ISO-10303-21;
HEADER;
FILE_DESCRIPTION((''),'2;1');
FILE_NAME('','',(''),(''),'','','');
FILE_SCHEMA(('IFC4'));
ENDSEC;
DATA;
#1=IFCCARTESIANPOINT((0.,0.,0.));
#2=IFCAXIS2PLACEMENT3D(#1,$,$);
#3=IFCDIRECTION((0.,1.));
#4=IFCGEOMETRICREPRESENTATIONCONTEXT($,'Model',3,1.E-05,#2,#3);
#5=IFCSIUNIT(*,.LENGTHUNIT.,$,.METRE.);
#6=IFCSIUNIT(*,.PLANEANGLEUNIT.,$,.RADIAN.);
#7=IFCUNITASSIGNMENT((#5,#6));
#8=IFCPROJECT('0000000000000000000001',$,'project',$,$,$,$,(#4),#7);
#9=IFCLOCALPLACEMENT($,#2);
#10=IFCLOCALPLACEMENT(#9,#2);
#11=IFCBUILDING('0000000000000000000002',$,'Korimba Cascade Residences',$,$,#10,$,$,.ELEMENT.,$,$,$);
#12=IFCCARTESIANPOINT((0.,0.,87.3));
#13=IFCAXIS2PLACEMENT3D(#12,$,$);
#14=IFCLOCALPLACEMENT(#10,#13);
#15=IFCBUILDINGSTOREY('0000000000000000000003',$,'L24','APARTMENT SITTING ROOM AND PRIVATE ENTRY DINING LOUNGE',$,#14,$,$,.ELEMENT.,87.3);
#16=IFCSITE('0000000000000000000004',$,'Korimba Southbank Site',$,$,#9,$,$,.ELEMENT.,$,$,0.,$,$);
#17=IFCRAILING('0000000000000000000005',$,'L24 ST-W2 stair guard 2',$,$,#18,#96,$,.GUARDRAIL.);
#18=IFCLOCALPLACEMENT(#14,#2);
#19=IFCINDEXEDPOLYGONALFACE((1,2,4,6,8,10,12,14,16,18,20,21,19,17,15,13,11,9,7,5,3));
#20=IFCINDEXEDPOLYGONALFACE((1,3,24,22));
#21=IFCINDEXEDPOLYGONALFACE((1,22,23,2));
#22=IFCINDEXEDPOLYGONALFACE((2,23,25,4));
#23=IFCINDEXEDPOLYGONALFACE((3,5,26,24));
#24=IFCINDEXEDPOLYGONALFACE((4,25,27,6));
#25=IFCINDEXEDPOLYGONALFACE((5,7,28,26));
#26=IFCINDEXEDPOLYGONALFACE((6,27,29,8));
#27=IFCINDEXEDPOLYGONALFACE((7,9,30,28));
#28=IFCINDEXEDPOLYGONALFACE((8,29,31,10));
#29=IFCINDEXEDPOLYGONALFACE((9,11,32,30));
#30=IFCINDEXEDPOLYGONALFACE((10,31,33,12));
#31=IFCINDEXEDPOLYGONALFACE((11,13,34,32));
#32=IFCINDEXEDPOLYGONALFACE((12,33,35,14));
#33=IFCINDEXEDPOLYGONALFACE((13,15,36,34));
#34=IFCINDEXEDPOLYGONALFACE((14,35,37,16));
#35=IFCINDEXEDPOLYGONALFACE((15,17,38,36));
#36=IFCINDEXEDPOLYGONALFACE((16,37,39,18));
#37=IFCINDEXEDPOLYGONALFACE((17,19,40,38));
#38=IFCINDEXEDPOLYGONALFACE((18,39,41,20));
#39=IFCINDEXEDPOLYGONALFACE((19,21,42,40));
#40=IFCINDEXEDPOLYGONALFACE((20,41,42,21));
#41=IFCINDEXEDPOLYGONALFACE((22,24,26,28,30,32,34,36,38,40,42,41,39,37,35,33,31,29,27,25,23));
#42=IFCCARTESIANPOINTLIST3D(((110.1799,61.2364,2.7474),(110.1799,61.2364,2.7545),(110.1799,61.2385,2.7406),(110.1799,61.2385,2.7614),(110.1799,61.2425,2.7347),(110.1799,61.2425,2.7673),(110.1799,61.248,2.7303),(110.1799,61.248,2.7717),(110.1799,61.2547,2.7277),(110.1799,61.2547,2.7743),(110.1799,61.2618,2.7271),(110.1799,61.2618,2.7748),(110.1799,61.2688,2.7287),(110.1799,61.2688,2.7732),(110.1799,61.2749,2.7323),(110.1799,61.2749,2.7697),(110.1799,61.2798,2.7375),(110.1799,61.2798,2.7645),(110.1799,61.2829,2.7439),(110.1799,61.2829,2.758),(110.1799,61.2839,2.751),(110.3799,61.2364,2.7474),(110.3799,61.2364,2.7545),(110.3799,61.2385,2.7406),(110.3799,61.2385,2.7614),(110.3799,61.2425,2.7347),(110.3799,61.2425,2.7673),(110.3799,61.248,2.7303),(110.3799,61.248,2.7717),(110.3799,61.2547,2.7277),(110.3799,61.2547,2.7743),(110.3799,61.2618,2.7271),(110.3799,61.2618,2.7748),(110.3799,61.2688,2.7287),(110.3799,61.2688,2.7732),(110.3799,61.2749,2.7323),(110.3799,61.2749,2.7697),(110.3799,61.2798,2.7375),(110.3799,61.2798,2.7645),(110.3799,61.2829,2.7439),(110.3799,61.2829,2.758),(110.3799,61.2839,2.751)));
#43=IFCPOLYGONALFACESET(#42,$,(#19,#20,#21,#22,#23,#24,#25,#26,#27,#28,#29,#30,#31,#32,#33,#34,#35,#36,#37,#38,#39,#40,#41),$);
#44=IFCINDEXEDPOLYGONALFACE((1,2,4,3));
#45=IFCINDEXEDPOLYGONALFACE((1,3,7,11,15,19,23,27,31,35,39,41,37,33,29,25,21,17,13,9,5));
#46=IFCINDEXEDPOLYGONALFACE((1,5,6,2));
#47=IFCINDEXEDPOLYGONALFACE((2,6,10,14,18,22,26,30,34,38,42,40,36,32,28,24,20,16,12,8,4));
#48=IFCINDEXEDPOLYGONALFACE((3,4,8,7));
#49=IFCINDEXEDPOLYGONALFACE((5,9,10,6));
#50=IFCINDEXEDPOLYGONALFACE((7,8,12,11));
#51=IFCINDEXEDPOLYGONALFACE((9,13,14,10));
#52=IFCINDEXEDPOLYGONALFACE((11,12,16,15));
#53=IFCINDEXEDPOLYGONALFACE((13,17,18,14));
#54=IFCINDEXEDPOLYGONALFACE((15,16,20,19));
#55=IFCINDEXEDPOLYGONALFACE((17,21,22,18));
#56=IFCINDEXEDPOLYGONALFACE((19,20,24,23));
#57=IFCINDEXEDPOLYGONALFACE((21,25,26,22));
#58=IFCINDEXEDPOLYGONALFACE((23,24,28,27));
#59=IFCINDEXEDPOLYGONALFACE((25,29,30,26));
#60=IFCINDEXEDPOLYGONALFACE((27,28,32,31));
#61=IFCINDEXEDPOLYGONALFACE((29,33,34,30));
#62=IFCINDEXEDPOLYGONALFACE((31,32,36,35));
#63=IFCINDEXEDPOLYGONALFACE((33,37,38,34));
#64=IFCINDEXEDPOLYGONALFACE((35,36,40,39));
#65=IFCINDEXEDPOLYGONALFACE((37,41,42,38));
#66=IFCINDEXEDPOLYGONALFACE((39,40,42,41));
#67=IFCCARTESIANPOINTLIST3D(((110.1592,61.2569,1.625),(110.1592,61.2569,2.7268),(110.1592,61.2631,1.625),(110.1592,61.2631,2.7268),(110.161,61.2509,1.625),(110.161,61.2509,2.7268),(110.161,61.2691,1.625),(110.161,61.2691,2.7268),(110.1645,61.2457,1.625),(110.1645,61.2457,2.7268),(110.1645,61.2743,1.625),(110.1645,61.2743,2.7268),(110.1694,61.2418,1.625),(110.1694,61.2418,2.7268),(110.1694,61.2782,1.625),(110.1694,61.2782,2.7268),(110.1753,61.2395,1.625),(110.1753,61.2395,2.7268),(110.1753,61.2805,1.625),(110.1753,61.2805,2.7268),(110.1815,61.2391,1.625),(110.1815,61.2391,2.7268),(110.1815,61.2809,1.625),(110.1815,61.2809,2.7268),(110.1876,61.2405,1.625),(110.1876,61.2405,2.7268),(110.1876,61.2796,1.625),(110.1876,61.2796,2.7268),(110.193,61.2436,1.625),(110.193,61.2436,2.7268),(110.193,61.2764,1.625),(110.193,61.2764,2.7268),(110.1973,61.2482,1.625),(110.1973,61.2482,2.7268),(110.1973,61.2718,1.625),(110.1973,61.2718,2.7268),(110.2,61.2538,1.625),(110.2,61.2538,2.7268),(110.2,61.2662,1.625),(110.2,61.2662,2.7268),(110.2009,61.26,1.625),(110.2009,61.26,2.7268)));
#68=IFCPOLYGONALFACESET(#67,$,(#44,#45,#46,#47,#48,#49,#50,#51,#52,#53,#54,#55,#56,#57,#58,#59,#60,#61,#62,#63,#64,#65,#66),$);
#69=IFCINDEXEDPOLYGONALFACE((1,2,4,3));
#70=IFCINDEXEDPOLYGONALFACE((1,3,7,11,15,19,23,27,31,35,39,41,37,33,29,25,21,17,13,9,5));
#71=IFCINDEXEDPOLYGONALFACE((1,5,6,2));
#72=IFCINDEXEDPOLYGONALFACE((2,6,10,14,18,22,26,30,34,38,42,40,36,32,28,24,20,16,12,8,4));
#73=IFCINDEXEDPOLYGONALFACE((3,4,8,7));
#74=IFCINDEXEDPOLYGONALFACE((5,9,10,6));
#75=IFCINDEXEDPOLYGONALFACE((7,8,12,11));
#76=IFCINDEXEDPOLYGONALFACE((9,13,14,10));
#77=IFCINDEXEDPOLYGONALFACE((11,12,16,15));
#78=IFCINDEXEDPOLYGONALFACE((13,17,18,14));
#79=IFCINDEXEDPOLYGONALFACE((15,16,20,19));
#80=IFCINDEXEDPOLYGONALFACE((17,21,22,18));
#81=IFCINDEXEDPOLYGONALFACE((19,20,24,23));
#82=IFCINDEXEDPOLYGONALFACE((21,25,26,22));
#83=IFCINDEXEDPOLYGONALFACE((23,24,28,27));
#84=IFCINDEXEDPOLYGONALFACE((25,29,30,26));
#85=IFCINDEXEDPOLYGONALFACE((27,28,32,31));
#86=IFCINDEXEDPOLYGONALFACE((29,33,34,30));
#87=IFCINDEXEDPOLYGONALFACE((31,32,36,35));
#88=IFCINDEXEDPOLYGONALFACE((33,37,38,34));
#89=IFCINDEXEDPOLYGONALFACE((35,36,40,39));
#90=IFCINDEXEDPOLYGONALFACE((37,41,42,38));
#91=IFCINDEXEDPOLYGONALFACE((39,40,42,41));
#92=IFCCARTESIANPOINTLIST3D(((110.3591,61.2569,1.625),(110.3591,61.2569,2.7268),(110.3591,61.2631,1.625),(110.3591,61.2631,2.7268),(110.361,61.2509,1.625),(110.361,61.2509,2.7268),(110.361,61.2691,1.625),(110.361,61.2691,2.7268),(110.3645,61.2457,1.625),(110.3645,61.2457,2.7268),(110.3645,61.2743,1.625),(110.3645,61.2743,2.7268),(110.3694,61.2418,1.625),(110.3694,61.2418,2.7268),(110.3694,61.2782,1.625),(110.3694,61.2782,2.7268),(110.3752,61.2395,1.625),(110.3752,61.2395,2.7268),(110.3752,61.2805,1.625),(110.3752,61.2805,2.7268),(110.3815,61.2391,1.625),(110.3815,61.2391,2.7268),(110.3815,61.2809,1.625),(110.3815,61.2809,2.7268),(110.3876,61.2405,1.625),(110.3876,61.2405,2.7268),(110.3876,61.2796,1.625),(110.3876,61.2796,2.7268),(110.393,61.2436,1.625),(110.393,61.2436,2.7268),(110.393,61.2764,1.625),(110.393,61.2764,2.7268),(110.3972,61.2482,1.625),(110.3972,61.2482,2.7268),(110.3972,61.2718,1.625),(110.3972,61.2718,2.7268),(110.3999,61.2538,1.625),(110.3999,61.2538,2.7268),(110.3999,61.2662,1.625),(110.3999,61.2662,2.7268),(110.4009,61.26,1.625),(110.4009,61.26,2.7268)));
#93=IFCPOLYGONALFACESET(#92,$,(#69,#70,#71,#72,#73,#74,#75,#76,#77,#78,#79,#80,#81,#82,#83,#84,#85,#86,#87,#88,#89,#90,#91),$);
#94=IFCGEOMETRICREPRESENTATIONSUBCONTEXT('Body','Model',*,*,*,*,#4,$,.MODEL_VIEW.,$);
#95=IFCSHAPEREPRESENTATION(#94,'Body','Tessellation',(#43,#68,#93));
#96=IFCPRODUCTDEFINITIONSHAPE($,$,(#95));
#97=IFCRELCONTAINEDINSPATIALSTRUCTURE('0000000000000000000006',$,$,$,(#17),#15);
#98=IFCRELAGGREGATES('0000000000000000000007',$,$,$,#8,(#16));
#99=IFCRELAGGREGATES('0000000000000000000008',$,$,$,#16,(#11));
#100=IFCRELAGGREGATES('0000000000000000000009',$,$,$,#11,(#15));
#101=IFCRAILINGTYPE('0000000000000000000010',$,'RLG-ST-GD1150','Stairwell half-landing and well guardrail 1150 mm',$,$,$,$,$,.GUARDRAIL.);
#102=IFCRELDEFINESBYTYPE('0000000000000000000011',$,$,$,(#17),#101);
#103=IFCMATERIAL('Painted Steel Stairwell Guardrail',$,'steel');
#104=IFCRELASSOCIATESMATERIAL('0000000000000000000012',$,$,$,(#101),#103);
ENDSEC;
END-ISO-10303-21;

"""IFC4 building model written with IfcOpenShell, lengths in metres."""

from ifc_helpers import new_model, si_unit, direction, frame, origin, origin_2d, place, context, subcontext, project, spatial, circle, extrude, material, type_object, element, save


model = new_model("IFC4")

# Units and contexts
model_context = context("Model", 3, precision=1e-05, world=origin(), true_north=direction((0.0, 1.0)))
body_context = subcontext(model_context, "Body", "Model", "MODEL_VIEW")
ifc_project = project(units=[si_unit("LENGTHUNIT", "METRE"), si_unit("PLANEANGLEUNIT", "RADIAN")], contexts=[model_context])

# Site, building, storey
site_placement = place(None, origin())
site = spatial("IfcSite", under=ifc_project, at=site_placement, Name="Korimba Southbank Site", CompositionType="ELEMENT", RefElevation=0.0)
building_placement = place(site_placement, origin())
building = spatial("IfcBuilding", under=site, at=building_placement, Name="Korimba Cascade Residences", CompositionType="ELEMENT")
storey_placement = place(building_placement, frame((0.0, 0.0, 87.3)))
storey = spatial("IfcBuildingStorey", under=building, at=storey_placement, Name="L24", Description="APARTMENT SITTING ROOM AND PRIVATE ENTRY DINING LOUNGE", CompositionType="ELEMENT", Elevation=87.3)

# Railing
ifc_material_1 = material(Name="Painted Steel Stairwell Guardrail", Category="steel")
railing_type_1 = type_object("IfcRailingType", Name="RLG-ST-GD1150", Description="Stairwell half-landing and well guardrail 1150 mm", PredefinedType="GUARDRAIL", material=ifc_material_1)
railing_1_placement = place(storey_placement, frame((110.1799, 61.26, 1.625)))
element("IfcRailing", 1, at=railing_1_placement, inside=storey, type_object=railing_type_1, Name="L24 ST-W2 stair guard 2", PredefinedType="GUARDRAIL", context=body_context, shape_type="SweptSolid", body=[
    extrude(circle(Radius=0.0239, at=origin_2d()), frame((0.0, 0.0, 1.126), z_axis=(1.0, 0.0, 0.0), x_axis=(0.0, 1.0, 0.0)), (0.0, 0.0, 1.0), 0.2),
    extrude(circle(Radius=0.021, at=origin_2d()), origin(), (0.0, 0.0, 1.0), 1.1018),
    extrude(circle(Radius=0.021, at=origin_2d()), frame((0.2, 0.0, 0.0)), (0.0, 0.0, 1.0), 1.1018),
])

save(model, "model.ifc")
